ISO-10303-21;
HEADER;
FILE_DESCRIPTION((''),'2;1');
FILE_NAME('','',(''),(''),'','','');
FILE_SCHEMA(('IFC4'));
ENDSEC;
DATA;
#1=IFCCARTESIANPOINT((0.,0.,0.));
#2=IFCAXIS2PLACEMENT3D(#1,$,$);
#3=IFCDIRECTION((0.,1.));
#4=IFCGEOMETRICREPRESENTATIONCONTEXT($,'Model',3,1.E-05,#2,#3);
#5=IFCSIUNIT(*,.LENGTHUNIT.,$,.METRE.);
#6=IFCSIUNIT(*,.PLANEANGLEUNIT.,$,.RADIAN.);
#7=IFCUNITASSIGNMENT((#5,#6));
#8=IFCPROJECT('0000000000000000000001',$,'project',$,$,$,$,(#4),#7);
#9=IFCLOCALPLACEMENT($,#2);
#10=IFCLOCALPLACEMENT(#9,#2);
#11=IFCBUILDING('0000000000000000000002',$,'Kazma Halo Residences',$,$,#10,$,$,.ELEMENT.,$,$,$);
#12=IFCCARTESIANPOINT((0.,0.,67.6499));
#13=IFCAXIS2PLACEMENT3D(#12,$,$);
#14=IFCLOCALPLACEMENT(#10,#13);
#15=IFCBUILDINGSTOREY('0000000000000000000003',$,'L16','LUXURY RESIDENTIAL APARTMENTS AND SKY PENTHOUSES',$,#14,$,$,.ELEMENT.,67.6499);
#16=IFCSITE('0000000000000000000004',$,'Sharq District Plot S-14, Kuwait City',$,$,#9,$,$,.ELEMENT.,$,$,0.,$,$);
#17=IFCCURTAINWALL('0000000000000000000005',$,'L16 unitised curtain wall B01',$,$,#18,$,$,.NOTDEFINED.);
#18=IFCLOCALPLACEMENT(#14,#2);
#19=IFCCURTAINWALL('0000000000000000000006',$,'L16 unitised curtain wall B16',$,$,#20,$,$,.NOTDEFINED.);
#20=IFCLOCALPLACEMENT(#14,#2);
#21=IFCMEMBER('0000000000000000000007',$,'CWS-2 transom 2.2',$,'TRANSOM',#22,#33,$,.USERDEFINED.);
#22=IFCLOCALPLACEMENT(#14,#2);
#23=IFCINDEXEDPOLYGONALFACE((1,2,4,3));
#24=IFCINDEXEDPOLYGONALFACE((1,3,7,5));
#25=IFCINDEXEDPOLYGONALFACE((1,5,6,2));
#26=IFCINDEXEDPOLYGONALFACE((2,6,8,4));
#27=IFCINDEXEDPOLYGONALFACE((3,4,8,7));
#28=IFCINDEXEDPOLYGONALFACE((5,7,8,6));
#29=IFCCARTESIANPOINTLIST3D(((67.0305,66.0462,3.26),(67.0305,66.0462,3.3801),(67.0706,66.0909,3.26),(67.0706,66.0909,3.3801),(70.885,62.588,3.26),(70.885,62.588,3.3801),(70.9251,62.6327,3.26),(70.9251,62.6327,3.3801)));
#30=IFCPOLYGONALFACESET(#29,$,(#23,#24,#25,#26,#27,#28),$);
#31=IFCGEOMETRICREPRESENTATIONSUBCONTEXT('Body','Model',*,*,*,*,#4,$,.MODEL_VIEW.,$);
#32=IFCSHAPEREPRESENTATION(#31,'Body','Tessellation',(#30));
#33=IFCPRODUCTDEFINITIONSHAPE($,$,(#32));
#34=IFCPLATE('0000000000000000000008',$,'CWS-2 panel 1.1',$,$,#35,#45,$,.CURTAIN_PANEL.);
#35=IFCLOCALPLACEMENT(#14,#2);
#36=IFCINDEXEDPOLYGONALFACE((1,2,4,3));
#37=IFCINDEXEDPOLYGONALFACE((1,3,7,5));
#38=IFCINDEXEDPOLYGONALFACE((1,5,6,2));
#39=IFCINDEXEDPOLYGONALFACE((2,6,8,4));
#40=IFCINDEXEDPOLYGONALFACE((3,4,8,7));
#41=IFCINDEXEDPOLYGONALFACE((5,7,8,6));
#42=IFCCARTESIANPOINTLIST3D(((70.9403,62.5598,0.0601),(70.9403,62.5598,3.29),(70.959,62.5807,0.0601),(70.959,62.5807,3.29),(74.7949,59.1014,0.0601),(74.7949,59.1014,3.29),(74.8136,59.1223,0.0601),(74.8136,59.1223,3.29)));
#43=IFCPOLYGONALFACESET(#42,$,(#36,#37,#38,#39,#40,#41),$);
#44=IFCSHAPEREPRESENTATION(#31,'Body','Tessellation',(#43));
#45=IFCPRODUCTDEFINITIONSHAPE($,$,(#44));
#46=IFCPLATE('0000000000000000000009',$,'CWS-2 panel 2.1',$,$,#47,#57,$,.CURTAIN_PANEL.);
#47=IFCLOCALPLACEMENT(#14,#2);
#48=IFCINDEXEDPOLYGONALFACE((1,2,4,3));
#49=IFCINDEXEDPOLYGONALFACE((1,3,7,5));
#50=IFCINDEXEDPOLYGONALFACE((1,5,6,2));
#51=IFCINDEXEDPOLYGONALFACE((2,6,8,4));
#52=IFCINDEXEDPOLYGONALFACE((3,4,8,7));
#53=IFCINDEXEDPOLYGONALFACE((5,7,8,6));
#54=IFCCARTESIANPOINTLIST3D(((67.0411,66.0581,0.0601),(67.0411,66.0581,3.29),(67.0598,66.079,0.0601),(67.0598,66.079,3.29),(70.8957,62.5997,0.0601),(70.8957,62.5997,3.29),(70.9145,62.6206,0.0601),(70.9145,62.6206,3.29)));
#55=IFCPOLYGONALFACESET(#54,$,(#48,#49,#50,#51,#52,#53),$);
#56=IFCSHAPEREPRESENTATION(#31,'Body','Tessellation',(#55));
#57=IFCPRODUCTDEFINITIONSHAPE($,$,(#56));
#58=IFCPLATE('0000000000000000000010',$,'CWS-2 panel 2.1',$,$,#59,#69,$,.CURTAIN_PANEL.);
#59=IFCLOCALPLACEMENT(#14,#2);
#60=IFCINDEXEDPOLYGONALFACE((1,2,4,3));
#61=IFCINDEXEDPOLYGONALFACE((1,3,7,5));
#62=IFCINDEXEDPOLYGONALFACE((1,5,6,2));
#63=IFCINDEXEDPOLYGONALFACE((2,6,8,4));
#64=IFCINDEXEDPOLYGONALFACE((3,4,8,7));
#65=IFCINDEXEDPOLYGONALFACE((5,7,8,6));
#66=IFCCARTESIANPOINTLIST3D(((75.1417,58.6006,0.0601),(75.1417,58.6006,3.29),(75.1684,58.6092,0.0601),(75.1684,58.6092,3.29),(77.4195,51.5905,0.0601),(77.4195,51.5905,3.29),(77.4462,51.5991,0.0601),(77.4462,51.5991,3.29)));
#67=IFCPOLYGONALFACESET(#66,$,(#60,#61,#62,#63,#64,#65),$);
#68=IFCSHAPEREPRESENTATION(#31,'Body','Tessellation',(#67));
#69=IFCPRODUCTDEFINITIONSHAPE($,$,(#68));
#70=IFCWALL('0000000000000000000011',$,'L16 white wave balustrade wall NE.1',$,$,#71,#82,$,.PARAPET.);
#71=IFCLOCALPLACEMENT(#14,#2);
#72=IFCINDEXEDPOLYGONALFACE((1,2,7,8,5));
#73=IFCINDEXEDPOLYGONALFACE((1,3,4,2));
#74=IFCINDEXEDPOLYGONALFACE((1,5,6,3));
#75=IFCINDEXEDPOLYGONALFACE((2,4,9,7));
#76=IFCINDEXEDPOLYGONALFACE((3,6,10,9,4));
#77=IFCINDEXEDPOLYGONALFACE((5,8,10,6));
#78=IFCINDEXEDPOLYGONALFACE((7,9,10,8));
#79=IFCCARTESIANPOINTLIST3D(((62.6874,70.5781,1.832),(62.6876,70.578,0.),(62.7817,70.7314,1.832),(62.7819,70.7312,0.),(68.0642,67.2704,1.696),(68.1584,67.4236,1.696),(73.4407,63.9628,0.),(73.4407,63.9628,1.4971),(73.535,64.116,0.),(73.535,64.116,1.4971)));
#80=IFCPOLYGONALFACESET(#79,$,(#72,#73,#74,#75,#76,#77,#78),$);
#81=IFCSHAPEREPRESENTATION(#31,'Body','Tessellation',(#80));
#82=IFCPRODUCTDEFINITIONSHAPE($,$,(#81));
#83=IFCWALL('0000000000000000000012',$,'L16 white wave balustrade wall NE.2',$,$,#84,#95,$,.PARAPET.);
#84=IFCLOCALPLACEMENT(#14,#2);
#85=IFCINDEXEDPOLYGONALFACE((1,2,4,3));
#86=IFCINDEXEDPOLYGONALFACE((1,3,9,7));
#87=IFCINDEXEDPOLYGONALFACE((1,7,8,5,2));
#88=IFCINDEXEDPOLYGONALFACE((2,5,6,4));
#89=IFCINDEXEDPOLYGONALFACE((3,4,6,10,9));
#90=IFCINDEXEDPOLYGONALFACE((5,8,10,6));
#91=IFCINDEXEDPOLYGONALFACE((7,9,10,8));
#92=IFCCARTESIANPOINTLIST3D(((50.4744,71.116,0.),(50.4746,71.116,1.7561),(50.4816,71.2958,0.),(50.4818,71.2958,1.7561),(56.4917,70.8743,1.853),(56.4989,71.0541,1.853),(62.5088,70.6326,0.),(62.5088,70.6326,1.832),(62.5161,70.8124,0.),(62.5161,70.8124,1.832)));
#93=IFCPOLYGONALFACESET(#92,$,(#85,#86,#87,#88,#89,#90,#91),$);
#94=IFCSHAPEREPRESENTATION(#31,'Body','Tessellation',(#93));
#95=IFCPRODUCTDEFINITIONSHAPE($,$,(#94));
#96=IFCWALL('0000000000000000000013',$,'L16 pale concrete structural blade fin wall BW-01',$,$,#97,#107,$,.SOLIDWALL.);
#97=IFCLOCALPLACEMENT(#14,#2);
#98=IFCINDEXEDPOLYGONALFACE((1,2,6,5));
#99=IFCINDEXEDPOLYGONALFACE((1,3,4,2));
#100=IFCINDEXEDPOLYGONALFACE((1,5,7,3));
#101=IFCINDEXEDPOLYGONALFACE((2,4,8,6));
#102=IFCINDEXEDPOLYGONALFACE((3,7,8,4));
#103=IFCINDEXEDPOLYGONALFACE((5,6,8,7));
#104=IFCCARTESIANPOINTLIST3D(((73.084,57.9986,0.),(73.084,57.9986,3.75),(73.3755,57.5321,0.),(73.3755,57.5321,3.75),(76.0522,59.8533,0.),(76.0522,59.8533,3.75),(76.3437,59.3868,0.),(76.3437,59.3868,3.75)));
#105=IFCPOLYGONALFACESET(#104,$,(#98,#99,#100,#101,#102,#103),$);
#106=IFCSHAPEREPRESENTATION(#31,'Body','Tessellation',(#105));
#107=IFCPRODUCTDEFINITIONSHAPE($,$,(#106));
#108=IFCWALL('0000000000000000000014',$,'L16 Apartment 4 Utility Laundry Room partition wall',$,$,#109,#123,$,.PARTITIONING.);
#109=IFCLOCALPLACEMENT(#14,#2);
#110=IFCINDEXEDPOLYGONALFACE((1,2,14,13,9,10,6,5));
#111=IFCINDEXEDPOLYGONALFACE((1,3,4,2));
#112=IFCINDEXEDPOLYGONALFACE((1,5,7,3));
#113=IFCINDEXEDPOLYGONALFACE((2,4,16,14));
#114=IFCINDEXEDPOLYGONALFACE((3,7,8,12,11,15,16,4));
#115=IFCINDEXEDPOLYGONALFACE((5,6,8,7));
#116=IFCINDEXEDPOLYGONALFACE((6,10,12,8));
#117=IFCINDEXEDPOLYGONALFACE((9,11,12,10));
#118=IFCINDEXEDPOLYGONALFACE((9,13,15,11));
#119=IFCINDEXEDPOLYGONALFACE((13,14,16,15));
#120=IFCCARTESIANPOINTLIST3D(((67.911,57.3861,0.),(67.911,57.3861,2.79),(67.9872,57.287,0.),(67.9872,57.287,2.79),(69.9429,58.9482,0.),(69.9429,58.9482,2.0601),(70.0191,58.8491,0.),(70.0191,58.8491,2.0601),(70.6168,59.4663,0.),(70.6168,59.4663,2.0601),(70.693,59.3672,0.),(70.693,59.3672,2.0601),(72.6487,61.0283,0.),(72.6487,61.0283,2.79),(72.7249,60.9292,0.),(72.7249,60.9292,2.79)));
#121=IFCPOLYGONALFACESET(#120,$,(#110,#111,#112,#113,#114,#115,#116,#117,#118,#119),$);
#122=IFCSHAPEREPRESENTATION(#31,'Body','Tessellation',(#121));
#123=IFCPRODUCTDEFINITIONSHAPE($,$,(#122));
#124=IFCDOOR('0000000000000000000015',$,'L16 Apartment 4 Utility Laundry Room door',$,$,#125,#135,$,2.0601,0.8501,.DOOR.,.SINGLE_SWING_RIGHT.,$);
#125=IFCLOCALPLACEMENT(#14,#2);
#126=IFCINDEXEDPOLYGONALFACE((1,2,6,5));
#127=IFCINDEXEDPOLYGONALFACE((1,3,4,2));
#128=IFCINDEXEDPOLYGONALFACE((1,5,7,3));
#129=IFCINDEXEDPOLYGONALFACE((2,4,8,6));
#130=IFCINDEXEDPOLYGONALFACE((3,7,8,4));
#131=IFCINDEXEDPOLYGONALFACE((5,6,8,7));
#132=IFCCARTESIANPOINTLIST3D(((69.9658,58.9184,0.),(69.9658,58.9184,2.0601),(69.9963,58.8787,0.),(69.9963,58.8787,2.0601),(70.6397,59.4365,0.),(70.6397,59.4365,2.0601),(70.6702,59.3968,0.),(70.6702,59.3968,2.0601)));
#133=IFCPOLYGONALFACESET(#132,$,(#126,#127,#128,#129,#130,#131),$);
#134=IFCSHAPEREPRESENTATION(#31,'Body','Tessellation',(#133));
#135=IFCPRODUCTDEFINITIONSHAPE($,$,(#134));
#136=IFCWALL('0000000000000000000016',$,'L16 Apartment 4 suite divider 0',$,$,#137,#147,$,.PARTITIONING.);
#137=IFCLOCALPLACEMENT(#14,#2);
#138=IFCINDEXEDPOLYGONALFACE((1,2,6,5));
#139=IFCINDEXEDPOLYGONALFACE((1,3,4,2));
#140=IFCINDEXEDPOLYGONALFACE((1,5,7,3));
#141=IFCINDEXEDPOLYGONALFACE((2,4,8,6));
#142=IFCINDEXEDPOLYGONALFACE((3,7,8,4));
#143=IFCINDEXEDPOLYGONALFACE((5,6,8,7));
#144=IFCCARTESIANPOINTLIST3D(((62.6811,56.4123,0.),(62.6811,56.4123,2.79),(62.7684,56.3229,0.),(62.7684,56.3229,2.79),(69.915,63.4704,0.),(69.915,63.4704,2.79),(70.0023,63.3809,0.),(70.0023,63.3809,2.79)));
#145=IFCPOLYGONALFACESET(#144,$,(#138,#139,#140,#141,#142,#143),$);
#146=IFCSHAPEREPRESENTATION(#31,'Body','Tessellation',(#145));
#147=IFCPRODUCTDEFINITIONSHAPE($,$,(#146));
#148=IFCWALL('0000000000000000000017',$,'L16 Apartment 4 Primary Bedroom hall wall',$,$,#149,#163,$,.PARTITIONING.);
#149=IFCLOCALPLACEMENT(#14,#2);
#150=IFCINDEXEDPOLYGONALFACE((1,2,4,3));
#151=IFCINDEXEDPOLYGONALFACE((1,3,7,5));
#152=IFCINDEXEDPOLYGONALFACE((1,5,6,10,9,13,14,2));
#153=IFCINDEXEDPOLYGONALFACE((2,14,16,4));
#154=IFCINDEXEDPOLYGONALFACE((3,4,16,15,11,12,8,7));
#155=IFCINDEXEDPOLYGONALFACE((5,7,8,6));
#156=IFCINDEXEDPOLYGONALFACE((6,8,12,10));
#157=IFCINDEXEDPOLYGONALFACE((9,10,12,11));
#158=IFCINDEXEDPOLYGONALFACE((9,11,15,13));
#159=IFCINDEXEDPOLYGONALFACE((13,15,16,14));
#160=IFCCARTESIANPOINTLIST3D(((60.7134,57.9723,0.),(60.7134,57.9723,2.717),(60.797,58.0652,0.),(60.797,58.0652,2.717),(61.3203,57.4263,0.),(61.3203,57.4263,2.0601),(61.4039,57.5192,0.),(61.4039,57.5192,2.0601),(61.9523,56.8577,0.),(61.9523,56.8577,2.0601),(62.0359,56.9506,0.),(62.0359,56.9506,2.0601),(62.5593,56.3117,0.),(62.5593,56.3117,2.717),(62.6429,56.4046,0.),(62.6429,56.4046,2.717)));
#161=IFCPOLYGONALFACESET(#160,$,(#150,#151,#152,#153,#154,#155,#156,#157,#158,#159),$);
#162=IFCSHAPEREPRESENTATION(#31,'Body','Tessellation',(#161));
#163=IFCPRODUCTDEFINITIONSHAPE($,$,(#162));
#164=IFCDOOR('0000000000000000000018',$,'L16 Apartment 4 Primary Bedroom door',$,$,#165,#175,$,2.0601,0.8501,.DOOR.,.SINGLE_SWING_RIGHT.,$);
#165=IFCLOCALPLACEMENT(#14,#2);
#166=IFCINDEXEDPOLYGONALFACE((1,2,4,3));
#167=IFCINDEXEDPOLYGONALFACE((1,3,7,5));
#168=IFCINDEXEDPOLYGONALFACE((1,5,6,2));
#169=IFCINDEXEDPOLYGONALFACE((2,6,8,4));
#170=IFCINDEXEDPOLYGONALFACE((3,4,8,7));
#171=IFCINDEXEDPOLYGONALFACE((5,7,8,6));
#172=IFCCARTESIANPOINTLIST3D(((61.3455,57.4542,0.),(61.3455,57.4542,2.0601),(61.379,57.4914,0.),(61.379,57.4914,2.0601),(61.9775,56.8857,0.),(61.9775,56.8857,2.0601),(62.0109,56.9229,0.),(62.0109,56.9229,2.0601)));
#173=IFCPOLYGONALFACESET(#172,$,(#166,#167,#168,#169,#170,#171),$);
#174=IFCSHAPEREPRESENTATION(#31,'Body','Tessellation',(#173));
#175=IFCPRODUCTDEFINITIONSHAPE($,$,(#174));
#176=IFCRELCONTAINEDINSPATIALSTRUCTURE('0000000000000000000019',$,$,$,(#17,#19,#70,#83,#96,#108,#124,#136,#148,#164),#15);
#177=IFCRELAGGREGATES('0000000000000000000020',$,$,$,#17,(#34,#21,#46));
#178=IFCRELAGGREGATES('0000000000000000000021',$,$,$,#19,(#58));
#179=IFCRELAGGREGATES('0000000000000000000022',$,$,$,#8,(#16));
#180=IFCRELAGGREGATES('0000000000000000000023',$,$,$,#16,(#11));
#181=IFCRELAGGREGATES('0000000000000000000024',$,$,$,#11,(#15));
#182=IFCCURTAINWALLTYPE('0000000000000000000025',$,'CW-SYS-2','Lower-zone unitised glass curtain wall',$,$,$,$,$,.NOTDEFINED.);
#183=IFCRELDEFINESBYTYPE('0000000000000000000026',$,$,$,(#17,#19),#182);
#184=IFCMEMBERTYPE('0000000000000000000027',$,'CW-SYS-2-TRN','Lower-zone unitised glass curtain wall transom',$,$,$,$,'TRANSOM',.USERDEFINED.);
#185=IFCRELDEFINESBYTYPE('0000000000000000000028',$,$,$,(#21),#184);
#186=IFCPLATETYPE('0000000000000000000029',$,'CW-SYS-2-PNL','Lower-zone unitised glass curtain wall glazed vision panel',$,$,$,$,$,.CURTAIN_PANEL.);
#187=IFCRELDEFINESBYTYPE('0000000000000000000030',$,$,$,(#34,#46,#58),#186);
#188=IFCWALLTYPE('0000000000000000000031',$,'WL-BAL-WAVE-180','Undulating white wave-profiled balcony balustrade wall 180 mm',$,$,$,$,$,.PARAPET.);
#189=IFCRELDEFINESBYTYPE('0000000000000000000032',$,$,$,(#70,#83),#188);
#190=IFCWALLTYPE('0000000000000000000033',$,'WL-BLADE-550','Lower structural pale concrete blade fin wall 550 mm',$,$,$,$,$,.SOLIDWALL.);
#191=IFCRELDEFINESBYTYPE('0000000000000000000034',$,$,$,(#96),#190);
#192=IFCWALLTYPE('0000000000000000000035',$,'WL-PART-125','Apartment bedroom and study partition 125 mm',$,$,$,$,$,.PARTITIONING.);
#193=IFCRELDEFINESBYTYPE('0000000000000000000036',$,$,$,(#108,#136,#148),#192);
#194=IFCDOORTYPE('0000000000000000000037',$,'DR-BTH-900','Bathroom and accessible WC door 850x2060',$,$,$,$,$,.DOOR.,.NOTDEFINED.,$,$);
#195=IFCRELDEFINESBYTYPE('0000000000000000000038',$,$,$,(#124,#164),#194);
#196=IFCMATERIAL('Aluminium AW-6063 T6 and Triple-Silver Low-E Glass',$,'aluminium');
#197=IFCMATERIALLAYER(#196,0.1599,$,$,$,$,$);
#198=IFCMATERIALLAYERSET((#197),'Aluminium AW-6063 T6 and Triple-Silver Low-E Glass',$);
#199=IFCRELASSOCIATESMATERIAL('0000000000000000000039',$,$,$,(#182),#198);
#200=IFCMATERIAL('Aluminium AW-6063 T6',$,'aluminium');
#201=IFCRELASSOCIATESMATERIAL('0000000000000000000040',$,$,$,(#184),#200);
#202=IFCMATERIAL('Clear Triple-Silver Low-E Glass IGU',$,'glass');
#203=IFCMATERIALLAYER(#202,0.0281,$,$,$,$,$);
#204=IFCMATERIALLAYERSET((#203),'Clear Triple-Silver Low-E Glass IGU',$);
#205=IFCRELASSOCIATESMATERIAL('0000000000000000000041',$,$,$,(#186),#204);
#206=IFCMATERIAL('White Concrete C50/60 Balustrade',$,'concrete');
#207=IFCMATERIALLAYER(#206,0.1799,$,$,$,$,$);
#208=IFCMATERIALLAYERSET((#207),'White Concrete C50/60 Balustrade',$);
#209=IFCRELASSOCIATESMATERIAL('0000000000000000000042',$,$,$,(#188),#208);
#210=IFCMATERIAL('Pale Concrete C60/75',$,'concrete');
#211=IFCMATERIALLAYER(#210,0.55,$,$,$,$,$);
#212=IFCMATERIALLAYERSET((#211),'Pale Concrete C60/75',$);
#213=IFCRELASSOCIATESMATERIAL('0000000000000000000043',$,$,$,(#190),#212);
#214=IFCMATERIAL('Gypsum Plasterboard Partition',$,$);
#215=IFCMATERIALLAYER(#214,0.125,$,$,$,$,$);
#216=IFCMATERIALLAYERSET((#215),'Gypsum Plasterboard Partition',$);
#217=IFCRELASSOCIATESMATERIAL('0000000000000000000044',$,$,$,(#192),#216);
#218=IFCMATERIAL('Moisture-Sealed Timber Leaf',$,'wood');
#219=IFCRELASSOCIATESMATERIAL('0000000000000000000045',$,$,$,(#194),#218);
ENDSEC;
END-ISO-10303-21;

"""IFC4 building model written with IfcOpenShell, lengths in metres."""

from ifc_helpers import new_model, si_unit, direction, frame, frame_2d, origin, origin_2d, place, context, subcontext, project, spatial, polyline, rectangle, outline, extrude, material, layer, layer_set, material_profile, profile_set, type_object, element, fill, aggregate, save


model = new_model("IFC4")

# Units and contexts
model_context = context("Model", 3, precision=1e-05, world=origin(), true_north=direction((0.0, 1.0)))
body_context = subcontext(model_context, "Body", "Model", "MODEL_VIEW")
ifc_project = project(units=[si_unit("LENGTHUNIT", "METRE"), si_unit("PLANEANGLEUNIT", "RADIAN")], contexts=[model_context])

# Site, building, storey
site_placement = place(None, origin())
site = spatial("IfcSite", under=ifc_project, at=site_placement, Name="Sharq District Plot S-14, Kuwait City", CompositionType="ELEMENT", RefElevation=0.0)
building_placement = place(site_placement, origin())
building = spatial("IfcBuilding", under=site, at=building_placement, Name="Kazma Halo Residences", CompositionType="ELEMENT")
storey_placement = place(building_placement, frame((0.0, 0.0, 67.6499)))
storey = spatial("IfcBuildingStorey", under=building, at=storey_placement, Name="L16", Description="LUXURY RESIDENTIAL APARTMENTS AND SKY PENTHOUSES", CompositionType="ELEMENT", Elevation=67.6499)

# Curtain wall
ifc_material_1 = material(Name="Aluminium AW-6063 T6 and Triple-Silver Low-E Glass", Category="aluminium")
ifc_layer_1 = layer(ifc_material_1, 0.1599)
ifc_layer_set_1 = layer_set([ifc_layer_1], Name="Aluminium AW-6063 T6 and Triple-Silver Low-E Glass")
curtain_wall_type = type_object("IfcCurtainWallType", Name="CW-SYS-2", Description="Lower-zone unitised glass curtain wall", PredefinedType="NOTDEFINED", material=ifc_layer_set_1)
curtain_wall_1_placement = place(storey_placement, origin())
curtain_wall_1 = element("IfcCurtainWall", 1, at=curtain_wall_1_placement, inside=storey, type_object=curtain_wall_type, Name="L16 unitised curtain wall B01", PredefinedType="NOTDEFINED")
ifc_material_2 = material(Name="Aluminium AW-6063 T6", Category="aluminium")

# Curtain wall
curtain_wall_2_placement = place(storey_placement, origin())
curtain_wall_2 = element("IfcCurtainWall", 2, at=curtain_wall_2_placement, inside=storey, type_object=curtain_wall_type, Name="L16 unitised curtain wall B16", PredefinedType="NOTDEFINED")

# Member
ifc_material_profile_1 = material_profile(ifc_material_2, rectangle(XDim=0.0601, YDim=0.1201, at=origin_2d()), Name="CWT-60x120")
ifc_profile_set_1 = profile_set([ifc_material_profile_1], Name="Aluminium AW-6063 T6")
member_type_1 = type_object("IfcMemberType", Name="CW-SYS-2-TRN", Description="Lower-zone unitised glass curtain wall transom", ElementType="TRANSOM", PredefinedType="USERDEFINED", material=ifc_profile_set_1)
member_1_placement = place(storey_placement, frame((70.905, 62.6104, 3.3201), z_axis=(-0.744329, 0.667813, 0.0), x_axis=(-0.667813, -0.744329, 0.0)))
member_1 = element("IfcMember", 3, at=member_1_placement, type_object=member_type_1, Name="CWS-2 transom 2.2", ObjectType="TRANSOM", PredefinedType="USERDEFINED", context=body_context, shape_type="SweptSolid", body=[
    extrude(rectangle(XDim=0.0601, YDim=0.1201, at=origin_2d()), origin(), (0.0, 0.0, 1.0), 5.1785),
])

# Plates
ifc_material_3 = material(Name="Clear Triple-Silver Low-E Glass IGU", Category="glass")
ifc_layer_2 = layer(ifc_material_3, 0.0281)
ifc_layer_set_2 = layer_set([ifc_layer_2], Name="Clear Triple-Silver Low-E Glass IGU")
plate_type = type_object("IfcPlateType", Name="CW-SYS-2-PNL", Description="Lower-zone unitised glass curtain wall glazed vision panel", PredefinedType="CURTAIN_PANEL", material=ifc_layer_set_2)
plate_1_placement = place(storey_placement, frame((72.877, 60.8411, 0.0601), z_axis=(0.0, 0.0, 1.0), x_axis=(-0.744322, 0.667821, 0.0)))
plate_1 = element("IfcPlate", 4, at=plate_1_placement, type_object=plate_type, Name="CWS-2 panel 1.1", PredefinedType="CURTAIN_PANEL", context=body_context, shape_type="SweptSolid", body=[
    extrude(rectangle(XDim=5.1787, YDim=0.0281, at=origin_2d()), origin(), (0.0, 0.0, 1.0), 3.23),
])
plate_2_placement = place(storey_placement, frame((68.9778, 64.3394, 0.0601), z_axis=(0.0, 0.0, 1.0), x_axis=(-0.744322, 0.667821, 0.0)))
plate_2 = element("IfcPlate", 5, at=plate_2_placement, type_object=plate_type, Name="CWS-2 panel 2.1", PredefinedType="CURTAIN_PANEL", context=body_context, shape_type="SweptSolid", body=[
    extrude(rectangle(XDim=5.1787, YDim=0.0281, at=origin_2d()), origin(), (0.0, 0.0, 1.0), 3.23),
])
aggregate(curtain_wall_1, [plate_1, member_1, plate_2])
plate_3_placement = place(storey_placement, frame((76.2939, 55.0999, 0.0601), z_axis=(0.0, 0.0, 1.0), x_axis=(-0.309017, 0.951057, 0.0)))
plate_3 = element("IfcPlate", 6, at=plate_3_placement, type_object=plate_type, Name="CWS-2 panel 2.1", PredefinedType="CURTAIN_PANEL", context=body_context, shape_type="SweptSolid", body=[
    extrude(rectangle(XDim=7.3708, YDim=0.0281, at=origin_2d()), origin(), (0.0, 0.0, 1.0), 3.23),
])
aggregate(curtain_wall_2, [plate_3])

# Walls
ifc_material_4 = material(Name="White Concrete C50/60 Balustrade", Category="concrete")
ifc_layer_3 = layer(ifc_material_4, 0.1799)
ifc_layer_set_3 = layer_set([ifc_layer_3], Name="White Concrete C50/60 Balustrade")
wall_type_1 = type_object("IfcWallType", Name="WL-BAL-WAVE-180", Description="Undulating white wave-profiled balcony balustrade wall 180 mm", PredefinedType="PARAPET", material=ifc_layer_set_3)
wall_1_placement = place(storey_placement, frame((73.4878, 64.0393, 0.0), z_axis=(0.0, 0.0, 1.0), x_axis=(-0.851733, 0.523977, 0.0)))
element("IfcWall", 7, at=wall_1_placement, inside=storey, type_object=wall_type_1, Name="L16 white wave balustrade wall NE.1", PredefinedType="PARAPET", context=body_context, shape_type="SweptSolid", body=[
    extrude(outline(polyline([(0.0, 0.0), (12.625, 0.0), (12.6252, 1.832), (6.3125, 1.696), (0.0, 1.4971), (0.0, 0.0)])), frame((0.0, 0.0898, 0.0), z_axis=(0.0, -1.0, 0.0), x_axis=(1.0, 0.0, 0.0)), (0.0, 0.0, 1.0), 0.1799),
])
wall_2_placement = place(storey_placement, frame((62.5125, 70.7224, 0.0), z_axis=(0.0, 0.0, 1.0), x_axis=(-0.999194, 0.040136, 0.0)))
element("IfcWall", 8, at=wall_2_placement, inside=storey, type_object=wall_type_1, Name="L16 white wave balustrade wall NE.2", PredefinedType="PARAPET", context=body_context, shape_type="SweptSolid", body=[
    extrude(outline(polyline([(0.0, 0.0), (12.0442, 0.0), (12.0439, 1.7561), (6.022, 1.853), (0.0, 1.832), (0.0, 0.0)])), frame((0.0, 0.0898, 0.0), z_axis=(0.0, -1.0, 0.0), x_axis=(1.0, 0.0, 0.0)), (0.0, 0.0, 1.0), 0.1799),
])
ifc_material_5 = material(Name="Pale Concrete C60/75", Category="concrete")
ifc_layer_4 = layer(ifc_material_5, 0.55)
ifc_layer_set_4 = layer_set([ifc_layer_4], Name="Pale Concrete C60/75")
wall_type_2 = type_object("IfcWallType", Name="WL-BLADE-550", Description="Lower structural pale concrete blade fin wall 550 mm", PredefinedType="SOLIDWALL", material=ifc_layer_set_4)
wall_3_placement = place(storey_placement, frame((73.2297, 57.7654, 0.0), z_axis=(0.0, 0.0, 1.0), x_axis=(0.848053, 0.529911, 0.0)))
element("IfcWall", 9, at=wall_3_placement, inside=storey, type_object=wall_type_2, Name="L16 pale concrete structural blade fin wall BW-01", PredefinedType="SOLIDWALL", context=body_context, shape_type="SweptSolid", body=[
    extrude(rectangle(XDim=3.5, YDim=0.55, at=frame_2d((1.75, 0.0))), origin(), (0.0, 0.0, 1.0), 3.75),
])

# Wall, opening, door
ifc_material_6 = material(Name="Gypsum Plasterboard Partition")
ifc_layer_5 = layer(ifc_material_6, 0.125)
ifc_layer_set_5 = layer_set([ifc_layer_5], Name="Gypsum Plasterboard Partition")
wall_type_3 = type_object("IfcWallType", Name="WL-PART-125", Description="Apartment bedroom and study partition 125 mm", PredefinedType="PARTITIONING", material=ifc_layer_set_5)
wall_4_placement = place(storey_placement, frame((67.9492, 57.3367, 0.0), z_axis=(0.0, 0.0, 1.0), x_axis=(0.7928, 0.609482, 0.0)))
wall_4 = element("IfcWall", 10, at=wall_4_placement, inside=storey, type_object=wall_type_3, Name="L16 Apartment 4 Utility Laundry Room partition wall", PredefinedType="PARTITIONING", context=body_context, shape_type="SweptSolid", body=[
    extrude(rectangle(XDim=5.9758, YDim=0.125, at=frame_2d((2.9878, 0.0))), origin(), (0.0, 0.0, 1.0), 2.79),
])
opening_1_placement = place(wall_4_placement, frame((2.5627, 0.0, 0.0)))
opening_1 = element("IfcOpeningElement", 11, at=opening_1_placement, cuts=wall_4, PredefinedType="OPENING", context=body_context, shape_type="SweptSolid", body=[
    extrude(rectangle(XDim=0.8501, YDim=2.0601, at=frame_2d((0.425, 1.03))), frame((0.0, 0.0725, 0.0), z_axis=(0.0, -1.0, 0.0), x_axis=(1.0, 0.0, 0.0)), (0.0, 0.0, 1.0), 0.145),
])
ifc_material_7 = material(Name="Moisture-Sealed Timber Leaf", Category="wood")
door_type_1 = type_object("IfcDoorType", Name="DR-BTH-900", Description="Bathroom and accessible WC door 850x2060", OperationType="NOTDEFINED", PredefinedType="DOOR", material=ifc_material_7)
door_1_placement = place(opening_1_placement, origin())
door_1 = element("IfcDoor", 12, at=door_1_placement, inside=storey, type_object=door_type_1, Name="L16 Apartment 4 Utility Laundry Room door", OperationType="SINGLE_SWING_RIGHT", OverallHeight=2.0601, OverallWidth=0.8501, PredefinedType="DOOR", context=body_context, shape_type="SweptSolid", body=[
    extrude(rectangle(XDim=0.8501, YDim=2.0601, at=frame_2d((0.425, 1.03))), frame((0.0, 0.0249, 0.0), z_axis=(0.0, -1.0, 0.0), x_axis=(1.0, 0.0, 0.0)), (0.0, 0.0, 1.0), 0.05),
])
fill(opening_1, door_1)

# Wall
wall_5_placement = place(storey_placement, frame((62.7249, 56.3677, 0.0), z_axis=(0.0, 0.0, 1.0), x_axis=(0.71575, 0.698357, 0.0)))
element("IfcWall", 13, at=wall_5_placement, inside=storey, type_object=wall_type_3, Name="L16 Apartment 4 suite divider 0", PredefinedType="PARTITIONING", context=body_context, shape_type="SweptSolid", body=[
    extrude(rectangle(XDim=10.1067, YDim=0.125, at=frame_2d((5.0532, 0.0))), origin(), (0.0, 0.0, 1.0), 2.79),
])

# Wall, opening, door
wall_6_placement = place(storey_placement, frame((62.6011, 56.3582, 0.0), z_axis=(0.0, 0.0, 1.0), x_axis=(-0.743436, 0.668807, 0.0)))
wall_6 = element("IfcWall", 14, at=wall_6_placement, inside=storey, type_object=wall_type_3, Name="L16 Apartment 4 Primary Bedroom hall wall", PredefinedType="PARTITIONING", context=body_context, shape_type="SweptSolid", body=[
    extrude(rectangle(XDim=2.4829, YDim=0.125, at=frame_2d((1.2415, 0.0))), origin(), (0.0, 0.0, 1.0), 2.717),
])
opening_2_placement = place(wall_6_placement, frame((0.8164, 0.0, 0.0)))
opening_2 = element("IfcOpeningElement", 15, at=opening_2_placement, cuts=wall_6, PredefinedType="OPENING", context=body_context, shape_type="SweptSolid", body=[
    extrude(rectangle(XDim=0.8501, YDim=2.0601, at=frame_2d((0.425, 1.03))), frame((0.0, 0.0725, 0.0), z_axis=(0.0, -1.0, 0.0), x_axis=(1.0, 0.0, 0.0)), (0.0, 0.0, 1.0), 0.145),
])
door_2_placement = place(opening_2_placement, origin())
door_2 = element("IfcDoor", 16, at=door_2_placement, inside=storey, type_object=door_type_1, Name="L16 Apartment 4 Primary Bedroom door", OperationType="SINGLE_SWING_RIGHT", OverallHeight=2.0601, OverallWidth=0.8501, PredefinedType="DOOR", context=body_context, shape_type="SweptSolid", body=[
    extrude(rectangle(XDim=0.8501, YDim=2.0601, at=frame_2d((0.425, 1.03))), frame((0.0, 0.0249, 0.0), z_axis=(0.0, -1.0, 0.0), x_axis=(1.0, 0.0, 0.0)), (0.0, 0.0, 1.0), 0.05),
])
fill(opening_2, door_2)

save(model, "model.ifc")
